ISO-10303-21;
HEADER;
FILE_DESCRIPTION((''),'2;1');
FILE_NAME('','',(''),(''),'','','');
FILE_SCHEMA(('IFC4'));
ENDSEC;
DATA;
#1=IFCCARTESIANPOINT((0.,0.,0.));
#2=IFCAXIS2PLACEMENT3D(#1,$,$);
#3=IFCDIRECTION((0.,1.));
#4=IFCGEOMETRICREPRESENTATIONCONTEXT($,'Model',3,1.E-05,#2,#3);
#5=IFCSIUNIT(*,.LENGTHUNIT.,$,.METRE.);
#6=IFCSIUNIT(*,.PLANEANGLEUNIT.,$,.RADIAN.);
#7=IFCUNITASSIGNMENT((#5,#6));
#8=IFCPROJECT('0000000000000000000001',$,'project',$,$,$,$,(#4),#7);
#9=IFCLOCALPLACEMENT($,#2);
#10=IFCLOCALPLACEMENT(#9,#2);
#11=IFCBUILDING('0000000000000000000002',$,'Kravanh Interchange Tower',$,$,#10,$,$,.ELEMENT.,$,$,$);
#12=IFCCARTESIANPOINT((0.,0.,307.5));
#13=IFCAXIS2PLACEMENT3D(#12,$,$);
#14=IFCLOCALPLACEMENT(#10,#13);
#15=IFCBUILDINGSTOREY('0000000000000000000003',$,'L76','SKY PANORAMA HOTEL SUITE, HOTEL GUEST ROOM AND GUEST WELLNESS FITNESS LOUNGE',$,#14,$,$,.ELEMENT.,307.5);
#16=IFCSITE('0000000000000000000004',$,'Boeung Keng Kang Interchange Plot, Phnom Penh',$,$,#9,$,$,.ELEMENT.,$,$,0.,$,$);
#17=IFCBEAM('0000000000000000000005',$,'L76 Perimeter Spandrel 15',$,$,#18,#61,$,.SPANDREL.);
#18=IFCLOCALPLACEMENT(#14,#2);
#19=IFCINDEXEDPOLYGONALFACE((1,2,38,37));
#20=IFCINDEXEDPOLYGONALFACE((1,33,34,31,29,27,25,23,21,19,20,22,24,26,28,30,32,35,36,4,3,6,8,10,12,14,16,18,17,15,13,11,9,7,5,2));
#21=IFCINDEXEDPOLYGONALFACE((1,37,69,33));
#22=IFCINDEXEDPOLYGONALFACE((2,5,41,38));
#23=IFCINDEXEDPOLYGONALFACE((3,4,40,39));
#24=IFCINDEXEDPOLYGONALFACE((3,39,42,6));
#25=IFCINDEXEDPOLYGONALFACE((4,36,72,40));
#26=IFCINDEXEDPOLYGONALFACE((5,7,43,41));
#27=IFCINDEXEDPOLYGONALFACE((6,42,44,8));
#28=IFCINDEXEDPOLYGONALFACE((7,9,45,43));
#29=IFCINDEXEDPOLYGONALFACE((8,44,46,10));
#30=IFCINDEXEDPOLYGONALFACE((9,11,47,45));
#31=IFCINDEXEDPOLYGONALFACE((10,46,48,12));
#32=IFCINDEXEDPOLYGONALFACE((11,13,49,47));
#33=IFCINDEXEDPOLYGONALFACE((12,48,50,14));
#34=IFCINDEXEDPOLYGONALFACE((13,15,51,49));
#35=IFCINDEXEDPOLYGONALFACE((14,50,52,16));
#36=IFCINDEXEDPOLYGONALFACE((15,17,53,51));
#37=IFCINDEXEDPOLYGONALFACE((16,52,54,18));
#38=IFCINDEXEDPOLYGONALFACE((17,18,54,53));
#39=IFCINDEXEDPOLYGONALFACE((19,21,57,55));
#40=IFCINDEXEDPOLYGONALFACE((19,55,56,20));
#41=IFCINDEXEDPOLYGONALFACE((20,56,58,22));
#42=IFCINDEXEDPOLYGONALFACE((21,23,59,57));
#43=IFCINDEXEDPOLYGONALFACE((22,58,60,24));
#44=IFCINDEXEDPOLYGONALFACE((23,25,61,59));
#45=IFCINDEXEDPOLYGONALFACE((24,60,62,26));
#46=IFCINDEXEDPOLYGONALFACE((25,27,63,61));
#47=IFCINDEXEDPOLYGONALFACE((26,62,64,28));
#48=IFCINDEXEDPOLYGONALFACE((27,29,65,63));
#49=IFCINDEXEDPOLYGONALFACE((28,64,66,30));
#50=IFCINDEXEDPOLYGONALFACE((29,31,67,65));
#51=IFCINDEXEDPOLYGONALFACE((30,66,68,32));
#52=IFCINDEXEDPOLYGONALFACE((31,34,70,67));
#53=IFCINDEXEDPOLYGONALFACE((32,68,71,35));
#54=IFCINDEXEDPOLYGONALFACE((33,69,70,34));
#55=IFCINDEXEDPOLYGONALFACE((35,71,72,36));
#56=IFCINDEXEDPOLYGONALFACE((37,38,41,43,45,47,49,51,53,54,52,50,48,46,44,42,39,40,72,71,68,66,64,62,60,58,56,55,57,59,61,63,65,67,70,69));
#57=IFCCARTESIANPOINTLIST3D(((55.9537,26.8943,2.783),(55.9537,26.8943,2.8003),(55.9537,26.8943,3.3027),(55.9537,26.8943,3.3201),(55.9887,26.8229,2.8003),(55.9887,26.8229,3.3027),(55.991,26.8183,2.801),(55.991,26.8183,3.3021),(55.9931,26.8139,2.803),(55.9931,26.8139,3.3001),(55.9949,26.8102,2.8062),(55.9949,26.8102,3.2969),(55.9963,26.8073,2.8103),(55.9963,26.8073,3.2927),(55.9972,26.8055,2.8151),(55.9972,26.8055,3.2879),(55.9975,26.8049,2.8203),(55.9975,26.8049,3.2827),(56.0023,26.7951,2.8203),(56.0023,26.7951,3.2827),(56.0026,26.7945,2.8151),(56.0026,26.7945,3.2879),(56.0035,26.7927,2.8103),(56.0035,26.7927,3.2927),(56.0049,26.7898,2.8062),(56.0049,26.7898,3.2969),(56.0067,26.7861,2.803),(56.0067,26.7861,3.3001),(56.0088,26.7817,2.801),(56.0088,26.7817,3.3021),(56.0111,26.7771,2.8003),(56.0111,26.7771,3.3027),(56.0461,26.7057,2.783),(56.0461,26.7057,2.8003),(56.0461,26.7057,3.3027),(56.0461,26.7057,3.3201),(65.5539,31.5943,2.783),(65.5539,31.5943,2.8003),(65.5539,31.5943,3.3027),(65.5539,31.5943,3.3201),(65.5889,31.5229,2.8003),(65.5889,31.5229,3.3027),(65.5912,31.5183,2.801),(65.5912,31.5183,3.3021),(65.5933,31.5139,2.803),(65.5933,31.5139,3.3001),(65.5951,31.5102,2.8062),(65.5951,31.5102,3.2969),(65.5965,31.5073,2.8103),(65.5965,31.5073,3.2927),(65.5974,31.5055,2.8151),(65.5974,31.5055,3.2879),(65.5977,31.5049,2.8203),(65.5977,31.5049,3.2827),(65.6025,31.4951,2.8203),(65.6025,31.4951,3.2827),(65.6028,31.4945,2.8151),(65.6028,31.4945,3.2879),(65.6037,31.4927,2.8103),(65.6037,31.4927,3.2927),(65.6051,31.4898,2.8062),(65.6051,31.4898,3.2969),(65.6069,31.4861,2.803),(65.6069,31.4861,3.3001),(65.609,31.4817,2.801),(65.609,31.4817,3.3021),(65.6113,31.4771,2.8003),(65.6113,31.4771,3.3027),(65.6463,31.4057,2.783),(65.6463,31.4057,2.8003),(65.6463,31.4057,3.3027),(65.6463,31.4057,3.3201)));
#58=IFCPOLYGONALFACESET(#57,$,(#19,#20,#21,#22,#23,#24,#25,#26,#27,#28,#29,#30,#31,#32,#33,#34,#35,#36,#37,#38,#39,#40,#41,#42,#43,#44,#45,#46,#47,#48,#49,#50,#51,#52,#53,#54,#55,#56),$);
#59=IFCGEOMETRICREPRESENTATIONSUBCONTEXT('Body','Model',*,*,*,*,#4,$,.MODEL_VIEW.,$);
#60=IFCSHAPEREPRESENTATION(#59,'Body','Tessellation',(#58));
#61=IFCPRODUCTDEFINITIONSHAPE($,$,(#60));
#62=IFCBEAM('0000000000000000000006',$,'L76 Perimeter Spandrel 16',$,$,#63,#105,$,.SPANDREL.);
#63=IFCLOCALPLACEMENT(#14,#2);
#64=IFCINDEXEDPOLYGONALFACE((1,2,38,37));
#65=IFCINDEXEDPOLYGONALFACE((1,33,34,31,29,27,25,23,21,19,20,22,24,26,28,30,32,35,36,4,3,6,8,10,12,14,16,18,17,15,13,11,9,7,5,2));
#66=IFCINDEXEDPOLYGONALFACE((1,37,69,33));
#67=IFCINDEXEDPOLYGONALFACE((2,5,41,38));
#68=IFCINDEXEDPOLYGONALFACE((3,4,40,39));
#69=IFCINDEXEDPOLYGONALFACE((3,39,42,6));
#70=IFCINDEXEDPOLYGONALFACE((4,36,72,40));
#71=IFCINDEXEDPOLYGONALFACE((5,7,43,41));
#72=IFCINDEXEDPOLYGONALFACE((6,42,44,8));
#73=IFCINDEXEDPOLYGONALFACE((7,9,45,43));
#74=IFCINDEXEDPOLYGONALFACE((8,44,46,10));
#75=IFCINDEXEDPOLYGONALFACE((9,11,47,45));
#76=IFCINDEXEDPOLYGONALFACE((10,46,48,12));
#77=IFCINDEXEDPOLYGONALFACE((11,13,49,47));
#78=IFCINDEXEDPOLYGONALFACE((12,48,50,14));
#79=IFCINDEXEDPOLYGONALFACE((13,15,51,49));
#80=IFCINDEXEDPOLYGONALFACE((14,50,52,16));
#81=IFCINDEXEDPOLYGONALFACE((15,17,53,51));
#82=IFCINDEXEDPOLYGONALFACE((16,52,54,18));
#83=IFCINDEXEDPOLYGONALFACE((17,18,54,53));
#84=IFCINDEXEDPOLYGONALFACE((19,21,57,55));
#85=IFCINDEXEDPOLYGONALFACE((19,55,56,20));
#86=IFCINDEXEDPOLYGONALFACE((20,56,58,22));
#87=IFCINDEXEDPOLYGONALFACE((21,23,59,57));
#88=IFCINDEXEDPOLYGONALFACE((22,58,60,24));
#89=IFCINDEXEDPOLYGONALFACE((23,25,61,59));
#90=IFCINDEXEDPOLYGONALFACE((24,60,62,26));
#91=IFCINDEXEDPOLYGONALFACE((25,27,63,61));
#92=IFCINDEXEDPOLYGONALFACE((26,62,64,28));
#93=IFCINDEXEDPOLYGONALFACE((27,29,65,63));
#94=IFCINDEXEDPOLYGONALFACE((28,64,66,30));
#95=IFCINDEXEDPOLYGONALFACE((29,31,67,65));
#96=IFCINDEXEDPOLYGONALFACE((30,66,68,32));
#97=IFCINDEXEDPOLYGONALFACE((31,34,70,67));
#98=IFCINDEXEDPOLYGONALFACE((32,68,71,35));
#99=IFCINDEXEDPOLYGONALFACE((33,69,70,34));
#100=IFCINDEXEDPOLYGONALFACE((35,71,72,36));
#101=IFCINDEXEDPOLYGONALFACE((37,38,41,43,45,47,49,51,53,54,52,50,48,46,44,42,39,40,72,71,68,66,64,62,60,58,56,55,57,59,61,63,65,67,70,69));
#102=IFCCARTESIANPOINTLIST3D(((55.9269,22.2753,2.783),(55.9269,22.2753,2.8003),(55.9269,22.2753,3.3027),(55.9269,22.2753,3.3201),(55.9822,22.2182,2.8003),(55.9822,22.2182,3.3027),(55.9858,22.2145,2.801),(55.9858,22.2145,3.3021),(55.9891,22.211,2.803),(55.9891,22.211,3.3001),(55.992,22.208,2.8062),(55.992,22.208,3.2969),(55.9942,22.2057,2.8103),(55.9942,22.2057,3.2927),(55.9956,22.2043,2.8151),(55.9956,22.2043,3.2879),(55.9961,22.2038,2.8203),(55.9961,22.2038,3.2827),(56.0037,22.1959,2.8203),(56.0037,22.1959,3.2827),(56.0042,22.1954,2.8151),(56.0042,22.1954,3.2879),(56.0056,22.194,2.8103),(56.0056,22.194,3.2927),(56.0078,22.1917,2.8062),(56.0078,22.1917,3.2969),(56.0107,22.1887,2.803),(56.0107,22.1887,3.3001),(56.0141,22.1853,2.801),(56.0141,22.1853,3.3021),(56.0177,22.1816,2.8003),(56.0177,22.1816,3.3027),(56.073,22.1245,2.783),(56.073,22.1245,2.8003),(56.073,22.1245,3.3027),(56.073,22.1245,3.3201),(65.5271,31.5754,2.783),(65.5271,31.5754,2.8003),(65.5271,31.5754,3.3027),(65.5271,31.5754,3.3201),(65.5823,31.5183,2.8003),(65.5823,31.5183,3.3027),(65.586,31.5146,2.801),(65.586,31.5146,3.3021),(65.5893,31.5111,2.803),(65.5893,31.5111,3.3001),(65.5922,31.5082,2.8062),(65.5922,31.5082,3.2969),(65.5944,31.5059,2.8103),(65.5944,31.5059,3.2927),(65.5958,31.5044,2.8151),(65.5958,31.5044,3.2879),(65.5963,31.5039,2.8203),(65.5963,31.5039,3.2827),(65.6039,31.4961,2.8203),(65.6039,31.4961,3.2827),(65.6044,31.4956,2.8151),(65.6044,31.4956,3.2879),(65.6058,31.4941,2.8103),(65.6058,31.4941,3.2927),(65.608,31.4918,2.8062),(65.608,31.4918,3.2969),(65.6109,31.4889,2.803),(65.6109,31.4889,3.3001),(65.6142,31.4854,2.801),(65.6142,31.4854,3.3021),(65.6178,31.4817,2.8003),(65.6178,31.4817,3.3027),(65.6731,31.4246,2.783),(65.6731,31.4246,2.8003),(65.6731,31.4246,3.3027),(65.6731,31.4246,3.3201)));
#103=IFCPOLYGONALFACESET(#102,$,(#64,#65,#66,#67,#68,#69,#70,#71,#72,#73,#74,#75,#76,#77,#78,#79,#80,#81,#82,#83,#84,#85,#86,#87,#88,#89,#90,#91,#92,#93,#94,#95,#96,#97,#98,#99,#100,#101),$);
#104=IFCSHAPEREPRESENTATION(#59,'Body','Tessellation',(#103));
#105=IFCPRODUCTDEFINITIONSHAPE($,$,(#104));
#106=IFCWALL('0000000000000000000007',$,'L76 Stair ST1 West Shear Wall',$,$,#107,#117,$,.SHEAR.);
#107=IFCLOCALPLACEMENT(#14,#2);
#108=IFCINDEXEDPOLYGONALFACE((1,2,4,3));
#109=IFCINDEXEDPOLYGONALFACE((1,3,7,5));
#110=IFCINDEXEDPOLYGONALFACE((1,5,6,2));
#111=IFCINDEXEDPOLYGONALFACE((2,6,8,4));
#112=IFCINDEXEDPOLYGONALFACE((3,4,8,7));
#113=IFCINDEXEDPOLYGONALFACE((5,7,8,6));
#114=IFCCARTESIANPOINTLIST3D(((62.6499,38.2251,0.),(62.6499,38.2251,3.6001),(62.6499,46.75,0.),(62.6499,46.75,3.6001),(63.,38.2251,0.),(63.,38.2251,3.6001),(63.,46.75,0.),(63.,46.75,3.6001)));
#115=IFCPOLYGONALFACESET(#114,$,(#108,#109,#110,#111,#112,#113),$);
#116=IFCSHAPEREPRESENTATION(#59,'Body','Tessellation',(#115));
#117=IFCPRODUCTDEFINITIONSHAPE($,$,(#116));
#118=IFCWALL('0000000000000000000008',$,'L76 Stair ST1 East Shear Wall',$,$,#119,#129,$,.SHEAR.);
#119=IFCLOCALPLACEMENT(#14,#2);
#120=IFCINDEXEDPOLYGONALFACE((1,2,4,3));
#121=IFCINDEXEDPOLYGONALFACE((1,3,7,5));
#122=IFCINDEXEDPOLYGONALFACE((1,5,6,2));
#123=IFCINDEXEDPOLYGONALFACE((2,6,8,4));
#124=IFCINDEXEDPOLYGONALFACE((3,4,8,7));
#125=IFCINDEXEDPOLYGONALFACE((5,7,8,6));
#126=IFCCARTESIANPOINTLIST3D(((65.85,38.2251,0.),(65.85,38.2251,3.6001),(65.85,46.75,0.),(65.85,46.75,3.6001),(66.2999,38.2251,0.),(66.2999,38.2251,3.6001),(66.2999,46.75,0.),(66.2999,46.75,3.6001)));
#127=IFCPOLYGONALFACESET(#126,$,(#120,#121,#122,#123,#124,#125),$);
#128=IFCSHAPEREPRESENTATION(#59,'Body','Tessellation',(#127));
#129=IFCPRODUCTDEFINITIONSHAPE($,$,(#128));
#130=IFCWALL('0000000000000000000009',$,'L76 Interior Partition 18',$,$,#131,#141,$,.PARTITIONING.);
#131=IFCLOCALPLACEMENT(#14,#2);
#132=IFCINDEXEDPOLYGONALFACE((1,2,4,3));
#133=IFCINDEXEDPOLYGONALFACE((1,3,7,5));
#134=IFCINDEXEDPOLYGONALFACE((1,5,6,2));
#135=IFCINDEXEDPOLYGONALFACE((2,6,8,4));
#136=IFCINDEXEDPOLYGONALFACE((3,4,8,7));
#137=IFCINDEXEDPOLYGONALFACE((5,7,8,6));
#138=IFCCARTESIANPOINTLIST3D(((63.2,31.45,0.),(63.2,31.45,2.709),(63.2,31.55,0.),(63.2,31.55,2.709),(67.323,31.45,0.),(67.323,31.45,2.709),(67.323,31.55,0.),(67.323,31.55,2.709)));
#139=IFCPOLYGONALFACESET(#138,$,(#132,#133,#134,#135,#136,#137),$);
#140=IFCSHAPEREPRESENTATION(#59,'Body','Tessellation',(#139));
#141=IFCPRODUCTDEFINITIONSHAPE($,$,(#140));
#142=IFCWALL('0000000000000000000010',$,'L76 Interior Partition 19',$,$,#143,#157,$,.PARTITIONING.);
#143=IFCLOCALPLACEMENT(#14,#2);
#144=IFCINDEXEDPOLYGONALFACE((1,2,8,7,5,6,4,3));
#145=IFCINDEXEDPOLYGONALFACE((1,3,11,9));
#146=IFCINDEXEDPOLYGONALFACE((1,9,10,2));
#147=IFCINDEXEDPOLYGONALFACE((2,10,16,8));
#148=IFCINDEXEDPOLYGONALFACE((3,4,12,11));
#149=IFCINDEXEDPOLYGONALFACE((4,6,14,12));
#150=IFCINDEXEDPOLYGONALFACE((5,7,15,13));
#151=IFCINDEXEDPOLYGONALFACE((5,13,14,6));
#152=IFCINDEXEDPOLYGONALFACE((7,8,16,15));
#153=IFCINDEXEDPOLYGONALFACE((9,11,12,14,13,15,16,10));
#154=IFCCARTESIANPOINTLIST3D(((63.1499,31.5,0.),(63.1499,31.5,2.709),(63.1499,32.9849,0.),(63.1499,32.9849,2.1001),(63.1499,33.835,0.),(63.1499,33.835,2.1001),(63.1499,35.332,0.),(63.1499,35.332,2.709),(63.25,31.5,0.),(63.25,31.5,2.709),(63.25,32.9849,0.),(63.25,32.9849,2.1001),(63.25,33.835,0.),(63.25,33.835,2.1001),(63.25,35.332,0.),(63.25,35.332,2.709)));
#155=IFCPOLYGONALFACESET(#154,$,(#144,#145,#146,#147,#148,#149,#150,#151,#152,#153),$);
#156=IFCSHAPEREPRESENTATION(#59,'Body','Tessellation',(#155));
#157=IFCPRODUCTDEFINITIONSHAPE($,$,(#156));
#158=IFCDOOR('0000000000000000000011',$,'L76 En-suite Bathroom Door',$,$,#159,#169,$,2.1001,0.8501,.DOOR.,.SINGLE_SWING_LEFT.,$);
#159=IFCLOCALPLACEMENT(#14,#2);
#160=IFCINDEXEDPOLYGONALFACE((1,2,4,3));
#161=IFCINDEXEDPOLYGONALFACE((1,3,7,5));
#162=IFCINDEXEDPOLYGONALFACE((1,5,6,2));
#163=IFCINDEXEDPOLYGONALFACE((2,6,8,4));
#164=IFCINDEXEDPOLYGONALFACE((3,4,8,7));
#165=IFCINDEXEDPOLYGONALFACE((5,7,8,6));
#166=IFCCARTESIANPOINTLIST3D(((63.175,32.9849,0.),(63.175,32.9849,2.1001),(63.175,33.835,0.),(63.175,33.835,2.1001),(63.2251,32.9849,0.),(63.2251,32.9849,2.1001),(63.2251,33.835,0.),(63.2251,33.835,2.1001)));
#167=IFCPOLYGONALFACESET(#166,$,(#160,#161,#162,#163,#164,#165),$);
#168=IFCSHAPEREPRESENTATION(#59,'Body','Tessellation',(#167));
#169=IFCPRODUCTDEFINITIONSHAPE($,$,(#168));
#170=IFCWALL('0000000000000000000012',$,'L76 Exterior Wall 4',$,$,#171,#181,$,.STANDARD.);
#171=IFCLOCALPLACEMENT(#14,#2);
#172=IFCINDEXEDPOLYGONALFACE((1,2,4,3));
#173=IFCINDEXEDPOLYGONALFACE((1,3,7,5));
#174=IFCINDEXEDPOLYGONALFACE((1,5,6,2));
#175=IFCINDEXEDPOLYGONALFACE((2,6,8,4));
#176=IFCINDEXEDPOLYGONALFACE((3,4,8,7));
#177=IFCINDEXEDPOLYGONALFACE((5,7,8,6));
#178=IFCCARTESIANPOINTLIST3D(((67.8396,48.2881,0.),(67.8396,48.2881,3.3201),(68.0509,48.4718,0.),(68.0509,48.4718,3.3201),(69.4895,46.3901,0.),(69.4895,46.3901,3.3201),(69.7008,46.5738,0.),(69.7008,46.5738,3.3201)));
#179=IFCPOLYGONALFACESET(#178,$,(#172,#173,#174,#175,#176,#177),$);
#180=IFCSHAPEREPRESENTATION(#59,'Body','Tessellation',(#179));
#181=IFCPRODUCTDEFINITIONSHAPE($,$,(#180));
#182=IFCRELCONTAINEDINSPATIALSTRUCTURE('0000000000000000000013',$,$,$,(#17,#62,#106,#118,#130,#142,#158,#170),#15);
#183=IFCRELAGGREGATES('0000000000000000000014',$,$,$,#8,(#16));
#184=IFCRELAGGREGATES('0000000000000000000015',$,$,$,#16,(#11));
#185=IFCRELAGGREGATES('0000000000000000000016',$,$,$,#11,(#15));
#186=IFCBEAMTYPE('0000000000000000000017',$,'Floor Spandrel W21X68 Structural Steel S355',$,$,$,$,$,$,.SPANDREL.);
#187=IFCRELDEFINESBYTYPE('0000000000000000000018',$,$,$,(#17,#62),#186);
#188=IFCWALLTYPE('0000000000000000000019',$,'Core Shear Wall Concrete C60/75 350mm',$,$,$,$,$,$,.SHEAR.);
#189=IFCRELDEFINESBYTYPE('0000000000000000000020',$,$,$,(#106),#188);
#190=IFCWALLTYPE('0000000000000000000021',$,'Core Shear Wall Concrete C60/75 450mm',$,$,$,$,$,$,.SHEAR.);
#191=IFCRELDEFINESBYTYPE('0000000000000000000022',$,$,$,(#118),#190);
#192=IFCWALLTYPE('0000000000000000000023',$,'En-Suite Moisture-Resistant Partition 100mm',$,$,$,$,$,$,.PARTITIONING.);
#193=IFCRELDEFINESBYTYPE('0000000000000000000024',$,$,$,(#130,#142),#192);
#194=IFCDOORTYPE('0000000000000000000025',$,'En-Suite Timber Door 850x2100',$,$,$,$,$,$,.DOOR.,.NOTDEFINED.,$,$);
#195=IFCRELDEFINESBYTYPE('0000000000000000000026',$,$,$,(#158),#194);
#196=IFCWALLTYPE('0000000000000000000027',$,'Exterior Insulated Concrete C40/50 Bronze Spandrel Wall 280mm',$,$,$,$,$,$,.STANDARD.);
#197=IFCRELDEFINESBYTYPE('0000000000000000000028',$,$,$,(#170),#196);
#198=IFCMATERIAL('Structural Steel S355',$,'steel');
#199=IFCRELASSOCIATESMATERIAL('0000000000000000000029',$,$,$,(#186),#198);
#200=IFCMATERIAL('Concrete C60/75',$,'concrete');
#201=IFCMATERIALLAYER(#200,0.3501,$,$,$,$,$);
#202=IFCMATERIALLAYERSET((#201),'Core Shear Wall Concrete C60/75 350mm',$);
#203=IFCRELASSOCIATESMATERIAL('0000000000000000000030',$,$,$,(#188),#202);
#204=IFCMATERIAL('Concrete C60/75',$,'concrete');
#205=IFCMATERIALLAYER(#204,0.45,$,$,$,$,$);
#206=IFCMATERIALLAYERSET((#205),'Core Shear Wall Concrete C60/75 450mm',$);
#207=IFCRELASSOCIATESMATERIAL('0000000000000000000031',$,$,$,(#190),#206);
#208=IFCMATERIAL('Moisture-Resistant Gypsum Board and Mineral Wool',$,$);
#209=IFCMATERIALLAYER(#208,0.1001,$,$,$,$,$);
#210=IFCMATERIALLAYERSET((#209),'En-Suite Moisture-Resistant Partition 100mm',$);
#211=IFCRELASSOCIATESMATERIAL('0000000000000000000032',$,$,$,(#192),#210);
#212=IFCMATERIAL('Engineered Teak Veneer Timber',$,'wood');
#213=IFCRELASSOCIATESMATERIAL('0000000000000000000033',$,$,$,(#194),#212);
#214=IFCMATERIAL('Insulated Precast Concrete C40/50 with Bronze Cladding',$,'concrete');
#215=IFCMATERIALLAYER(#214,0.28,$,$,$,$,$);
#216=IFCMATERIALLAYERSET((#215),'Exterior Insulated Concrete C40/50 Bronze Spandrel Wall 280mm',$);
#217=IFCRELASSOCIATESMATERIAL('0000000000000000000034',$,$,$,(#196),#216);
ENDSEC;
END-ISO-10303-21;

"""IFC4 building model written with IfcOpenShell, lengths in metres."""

from ifc_helpers import new_model, si_unit, direction, frame, frame_2d, origin, origin_2d, place, context, subcontext, project, spatial, rectangle, i_section, extrude, material, layer, layer_set, material_profile, profile_set, type_object, element, fill, save


model = new_model("IFC4")

# Units and contexts
model_context = context("Model", 3, precision=1e-05, world=origin(), true_north=direction((0.0, 1.0)))
body_context = subcontext(model_context, "Body", "Model", "MODEL_VIEW")
ifc_project = project(units=[si_unit("LENGTHUNIT", "METRE"), si_unit("PLANEANGLEUNIT", "RADIAN")], contexts=[model_context])

# Site, building, storey
site_placement = place(None, origin())
site = spatial("IfcSite", under=ifc_project, at=site_placement, Name="Boeung Keng Kang Interchange Plot, Phnom Penh", CompositionType="ELEMENT", RefElevation=0.0)
building_placement = place(site_placement, origin())
building = spatial("IfcBuilding", under=site, at=building_placement, Name="Kravanh Interchange Tower", CompositionType="ELEMENT")
storey_placement = place(building_placement, frame((0.0, 0.0, 307.5)))
storey = spatial("IfcBuildingStorey", under=building, at=storey_placement, Name="L76", Description="SKY PANORAMA HOTEL SUITE, HOTEL GUEST ROOM AND GUEST WELLNESS FITNESS LOUNGE", CompositionType="ELEMENT", Elevation=307.5)

# Beams
ifc_material_1 = material(Name="Structural Steel S355", Category="steel")
ifc_material_profile_1 = material_profile(ifc_material_1, i_section(OverallWidth=0.21, OverallDepth=0.5371, WebThickness=0.011, FlangeThickness=0.0173, FilletRadius=0.02, at=origin_2d()), Name="W21X68")
ifc_profile_set_1 = profile_set([ifc_material_profile_1], Name="Structural Steel S355")
beam_type_1 = type_object("IfcBeamType", Name="Floor Spandrel W21X68 Structural Steel S355", PredefinedType="SPANDREL", material=ifc_profile_set_1)
beam_1_placement = place(storey_placement, frame((65.6001, 31.5, 3.0515), z_axis=(-0.898142, -0.439706, 0.0), x_axis=(0.439706, -0.898142, 0.0)))
element("IfcBeam", 1, at=beam_1_placement, inside=storey, type_object=beam_type_1, Name="L76 Perimeter Spandrel 15", PredefinedType="SPANDREL", context=body_context, shape_type="SweptSolid", body=[
    extrude(i_section(OverallWidth=0.21, OverallDepth=0.5371, WebThickness=0.011, FlangeThickness=0.0173, FilletRadius=0.02, at=origin_2d()), origin(), (0.0, 0.0, 1.0), 10.689),
])
beam_2_placement = place(storey_placement, frame((65.6001, 31.5, 3.0515), z_axis=(-0.718242, -0.695793, 0.0), x_axis=(0.695793, -0.718242, 0.0)))
element("IfcBeam", 2, at=beam_2_placement, inside=storey, type_object=beam_type_1, Name="L76 Perimeter Spandrel 16", PredefinedType="SPANDREL", context=body_context, shape_type="SweptSolid", body=[
    extrude(i_section(OverallWidth=0.21, OverallDepth=0.5371, WebThickness=0.011, FlangeThickness=0.0173, FilletRadius=0.02, at=origin_2d()), origin(), (0.0, 0.0, 1.0), 13.3662),
])

# Walls
ifc_material_2 = material(Name="Concrete C60/75", Category="concrete")
ifc_layer_1 = layer(ifc_material_2, 0.3501)
ifc_layer_set_1 = layer_set([ifc_layer_1], Name="Core Shear Wall Concrete C60/75 350mm")
wall_type_1 = type_object("IfcWallType", Name="Core Shear Wall Concrete C60/75 350mm", PredefinedType="SHEAR", material=ifc_layer_set_1)
wall_1_placement = place(storey_placement, frame((62.825, 38.2251, 0.0), z_axis=(0.0, 0.0, 1.0), x_axis=(0.0, 1.0, 0.0)))
element("IfcWall", 3, at=wall_1_placement, inside=storey, type_object=wall_type_1, Name="L76 Stair ST1 West Shear Wall", PredefinedType="SHEAR", context=body_context, shape_type="SweptSolid", body=[
    extrude(rectangle(XDim=8.5249, YDim=0.3501, at=frame_2d((4.2625, 0.0))), origin(), (0.0, 0.0, 1.0), 3.6001),
])
ifc_material_3 = material(Name="Concrete C60/75", Category="concrete")
ifc_layer_2 = layer(ifc_material_3, 0.45)
ifc_layer_set_2 = layer_set([ifc_layer_2], Name="Core Shear Wall Concrete C60/75 450mm")
wall_type_2 = type_object("IfcWallType", Name="Core Shear Wall Concrete C60/75 450mm", PredefinedType="SHEAR", material=ifc_layer_set_2)
wall_2_placement = place(storey_placement, frame((66.075, 38.2251, 0.0), z_axis=(0.0, 0.0, 1.0), x_axis=(0.0, 1.0, 0.0)))
element("IfcWall", 4, at=wall_2_placement, inside=storey, type_object=wall_type_2, Name="L76 Stair ST1 East Shear Wall", PredefinedType="SHEAR", context=body_context, shape_type="SweptSolid", body=[
    extrude(rectangle(XDim=8.5249, YDim=0.45, at=frame_2d((4.2625, 0.0))), origin(), (0.0, 0.0, 1.0), 3.6001),
])
ifc_material_4 = material(Name="Moisture-Resistant Gypsum Board and Mineral Wool")
ifc_layer_3 = layer(ifc_material_4, 0.1001)
ifc_layer_set_3 = layer_set([ifc_layer_3], Name="En-Suite Moisture-Resistant Partition 100mm")
wall_type_3 = type_object("IfcWallType", Name="En-Suite Moisture-Resistant Partition 100mm", PredefinedType="PARTITIONING", material=ifc_layer_set_3)
wall_3_placement = place(storey_placement, frame((63.2, 31.5, 0.0), z_axis=(0.0, 0.0, 1.0), x_axis=(1.0, 0.0, 0.0)))
element("IfcWall", 5, at=wall_3_placement, inside=storey, type_object=wall_type_3, Name="L76 Interior Partition 18", PredefinedType="PARTITIONING", context=body_context, shape_type="SweptSolid", body=[
    extrude(rectangle(XDim=4.123, YDim=0.1001, at=frame_2d((2.0615, 0.0))), origin(), (0.0, 0.0, 1.0), 2.709),
])

# Wall, opening, door
wall_4_placement = place(storey_placement, frame((63.2, 31.5, 0.0), z_axis=(0.0, 0.0, 1.0), x_axis=(0.0, 1.0, 0.0)))
wall_4 = element("IfcWall", 6, at=wall_4_placement, inside=storey, type_object=wall_type_3, Name="L76 Interior Partition 19", PredefinedType="PARTITIONING", context=body_context, shape_type="SweptSolid", body=[
    extrude(rectangle(XDim=3.832, YDim=0.1001, at=frame_2d((1.916, 0.0))), origin(), (0.0, 0.0, 1.0), 2.709),
])
opening_1_placement = place(wall_4_placement, frame((1.4849, 0.0, 0.0)))
opening_1 = element("IfcOpeningElement", 7, at=opening_1_placement, cuts=wall_4, PredefinedType="OPENING", context=body_context, shape_type="SweptSolid", body=[
    extrude(rectangle(XDim=0.8501, YDim=2.1001, at=frame_2d((0.425, 1.05))), frame((0.0, 0.0601, 0.0), z_axis=(0.0, -1.0, 0.0), x_axis=(1.0, 0.0, 0.0)), (0.0, 0.0, 1.0), 0.1201),
])
ifc_material_5 = material(Name="Engineered Teak Veneer Timber", Category="wood")
door_type_1 = type_object("IfcDoorType", Name="En-Suite Timber Door 850x2100", OperationType="NOTDEFINED", PredefinedType="DOOR", material=ifc_material_5)
door_1_placement = place(opening_1_placement, origin())
door_1 = element("IfcDoor", 8, at=door_1_placement, inside=storey, type_object=door_type_1, Name="L76 En-suite Bathroom Door", OperationType="SINGLE_SWING_LEFT", OverallHeight=2.1001, OverallWidth=0.8501, PredefinedType="DOOR", context=body_context, shape_type="SweptSolid", body=[
    extrude(rectangle(XDim=0.8501, YDim=2.1001, at=frame_2d((0.425, 1.05))), frame((0.0, 0.0249, 0.0), z_axis=(0.0, -1.0, 0.0), x_axis=(1.0, 0.0, 0.0)), (0.0, 0.0, 1.0), 0.05),
])
fill(opening_1, door_1)

# Wall
ifc_material_6 = material(Name="Insulated Precast Concrete C40/50 with Bronze Cladding", Category="concrete")
ifc_layer_4 = layer(ifc_material_6, 0.28)
ifc_layer_set_4 = layer_set([ifc_layer_4], Name="Exterior Insulated Concrete C40/50 Bronze Spandrel Wall 280mm")
wall_type_4 = type_object("IfcWallType", Name="Exterior Insulated Concrete C40/50 Bronze Spandrel Wall 280mm", PredefinedType="STANDARD", material=ifc_layer_set_4)
wall_5_placement = place(storey_placement, frame((67.9453, 48.3799, 0.0), z_axis=(0.0, 0.0, 1.0), x_axis=(0.656068, -0.754702, 0.0)))
element("IfcWall", 9, at=wall_5_placement, inside=storey, type_object=wall_type_4, Name="L76 Exterior Wall 4", PredefinedType="STANDARD", context=body_context, shape_type="SweptSolid", body=[
    extrude(rectangle(XDim=2.5149, YDim=0.28, at=frame_2d((1.2573, 0.0))), origin(), (0.0, 0.0, 1.0), 3.3201),
])

save(model, "model.ifc")
